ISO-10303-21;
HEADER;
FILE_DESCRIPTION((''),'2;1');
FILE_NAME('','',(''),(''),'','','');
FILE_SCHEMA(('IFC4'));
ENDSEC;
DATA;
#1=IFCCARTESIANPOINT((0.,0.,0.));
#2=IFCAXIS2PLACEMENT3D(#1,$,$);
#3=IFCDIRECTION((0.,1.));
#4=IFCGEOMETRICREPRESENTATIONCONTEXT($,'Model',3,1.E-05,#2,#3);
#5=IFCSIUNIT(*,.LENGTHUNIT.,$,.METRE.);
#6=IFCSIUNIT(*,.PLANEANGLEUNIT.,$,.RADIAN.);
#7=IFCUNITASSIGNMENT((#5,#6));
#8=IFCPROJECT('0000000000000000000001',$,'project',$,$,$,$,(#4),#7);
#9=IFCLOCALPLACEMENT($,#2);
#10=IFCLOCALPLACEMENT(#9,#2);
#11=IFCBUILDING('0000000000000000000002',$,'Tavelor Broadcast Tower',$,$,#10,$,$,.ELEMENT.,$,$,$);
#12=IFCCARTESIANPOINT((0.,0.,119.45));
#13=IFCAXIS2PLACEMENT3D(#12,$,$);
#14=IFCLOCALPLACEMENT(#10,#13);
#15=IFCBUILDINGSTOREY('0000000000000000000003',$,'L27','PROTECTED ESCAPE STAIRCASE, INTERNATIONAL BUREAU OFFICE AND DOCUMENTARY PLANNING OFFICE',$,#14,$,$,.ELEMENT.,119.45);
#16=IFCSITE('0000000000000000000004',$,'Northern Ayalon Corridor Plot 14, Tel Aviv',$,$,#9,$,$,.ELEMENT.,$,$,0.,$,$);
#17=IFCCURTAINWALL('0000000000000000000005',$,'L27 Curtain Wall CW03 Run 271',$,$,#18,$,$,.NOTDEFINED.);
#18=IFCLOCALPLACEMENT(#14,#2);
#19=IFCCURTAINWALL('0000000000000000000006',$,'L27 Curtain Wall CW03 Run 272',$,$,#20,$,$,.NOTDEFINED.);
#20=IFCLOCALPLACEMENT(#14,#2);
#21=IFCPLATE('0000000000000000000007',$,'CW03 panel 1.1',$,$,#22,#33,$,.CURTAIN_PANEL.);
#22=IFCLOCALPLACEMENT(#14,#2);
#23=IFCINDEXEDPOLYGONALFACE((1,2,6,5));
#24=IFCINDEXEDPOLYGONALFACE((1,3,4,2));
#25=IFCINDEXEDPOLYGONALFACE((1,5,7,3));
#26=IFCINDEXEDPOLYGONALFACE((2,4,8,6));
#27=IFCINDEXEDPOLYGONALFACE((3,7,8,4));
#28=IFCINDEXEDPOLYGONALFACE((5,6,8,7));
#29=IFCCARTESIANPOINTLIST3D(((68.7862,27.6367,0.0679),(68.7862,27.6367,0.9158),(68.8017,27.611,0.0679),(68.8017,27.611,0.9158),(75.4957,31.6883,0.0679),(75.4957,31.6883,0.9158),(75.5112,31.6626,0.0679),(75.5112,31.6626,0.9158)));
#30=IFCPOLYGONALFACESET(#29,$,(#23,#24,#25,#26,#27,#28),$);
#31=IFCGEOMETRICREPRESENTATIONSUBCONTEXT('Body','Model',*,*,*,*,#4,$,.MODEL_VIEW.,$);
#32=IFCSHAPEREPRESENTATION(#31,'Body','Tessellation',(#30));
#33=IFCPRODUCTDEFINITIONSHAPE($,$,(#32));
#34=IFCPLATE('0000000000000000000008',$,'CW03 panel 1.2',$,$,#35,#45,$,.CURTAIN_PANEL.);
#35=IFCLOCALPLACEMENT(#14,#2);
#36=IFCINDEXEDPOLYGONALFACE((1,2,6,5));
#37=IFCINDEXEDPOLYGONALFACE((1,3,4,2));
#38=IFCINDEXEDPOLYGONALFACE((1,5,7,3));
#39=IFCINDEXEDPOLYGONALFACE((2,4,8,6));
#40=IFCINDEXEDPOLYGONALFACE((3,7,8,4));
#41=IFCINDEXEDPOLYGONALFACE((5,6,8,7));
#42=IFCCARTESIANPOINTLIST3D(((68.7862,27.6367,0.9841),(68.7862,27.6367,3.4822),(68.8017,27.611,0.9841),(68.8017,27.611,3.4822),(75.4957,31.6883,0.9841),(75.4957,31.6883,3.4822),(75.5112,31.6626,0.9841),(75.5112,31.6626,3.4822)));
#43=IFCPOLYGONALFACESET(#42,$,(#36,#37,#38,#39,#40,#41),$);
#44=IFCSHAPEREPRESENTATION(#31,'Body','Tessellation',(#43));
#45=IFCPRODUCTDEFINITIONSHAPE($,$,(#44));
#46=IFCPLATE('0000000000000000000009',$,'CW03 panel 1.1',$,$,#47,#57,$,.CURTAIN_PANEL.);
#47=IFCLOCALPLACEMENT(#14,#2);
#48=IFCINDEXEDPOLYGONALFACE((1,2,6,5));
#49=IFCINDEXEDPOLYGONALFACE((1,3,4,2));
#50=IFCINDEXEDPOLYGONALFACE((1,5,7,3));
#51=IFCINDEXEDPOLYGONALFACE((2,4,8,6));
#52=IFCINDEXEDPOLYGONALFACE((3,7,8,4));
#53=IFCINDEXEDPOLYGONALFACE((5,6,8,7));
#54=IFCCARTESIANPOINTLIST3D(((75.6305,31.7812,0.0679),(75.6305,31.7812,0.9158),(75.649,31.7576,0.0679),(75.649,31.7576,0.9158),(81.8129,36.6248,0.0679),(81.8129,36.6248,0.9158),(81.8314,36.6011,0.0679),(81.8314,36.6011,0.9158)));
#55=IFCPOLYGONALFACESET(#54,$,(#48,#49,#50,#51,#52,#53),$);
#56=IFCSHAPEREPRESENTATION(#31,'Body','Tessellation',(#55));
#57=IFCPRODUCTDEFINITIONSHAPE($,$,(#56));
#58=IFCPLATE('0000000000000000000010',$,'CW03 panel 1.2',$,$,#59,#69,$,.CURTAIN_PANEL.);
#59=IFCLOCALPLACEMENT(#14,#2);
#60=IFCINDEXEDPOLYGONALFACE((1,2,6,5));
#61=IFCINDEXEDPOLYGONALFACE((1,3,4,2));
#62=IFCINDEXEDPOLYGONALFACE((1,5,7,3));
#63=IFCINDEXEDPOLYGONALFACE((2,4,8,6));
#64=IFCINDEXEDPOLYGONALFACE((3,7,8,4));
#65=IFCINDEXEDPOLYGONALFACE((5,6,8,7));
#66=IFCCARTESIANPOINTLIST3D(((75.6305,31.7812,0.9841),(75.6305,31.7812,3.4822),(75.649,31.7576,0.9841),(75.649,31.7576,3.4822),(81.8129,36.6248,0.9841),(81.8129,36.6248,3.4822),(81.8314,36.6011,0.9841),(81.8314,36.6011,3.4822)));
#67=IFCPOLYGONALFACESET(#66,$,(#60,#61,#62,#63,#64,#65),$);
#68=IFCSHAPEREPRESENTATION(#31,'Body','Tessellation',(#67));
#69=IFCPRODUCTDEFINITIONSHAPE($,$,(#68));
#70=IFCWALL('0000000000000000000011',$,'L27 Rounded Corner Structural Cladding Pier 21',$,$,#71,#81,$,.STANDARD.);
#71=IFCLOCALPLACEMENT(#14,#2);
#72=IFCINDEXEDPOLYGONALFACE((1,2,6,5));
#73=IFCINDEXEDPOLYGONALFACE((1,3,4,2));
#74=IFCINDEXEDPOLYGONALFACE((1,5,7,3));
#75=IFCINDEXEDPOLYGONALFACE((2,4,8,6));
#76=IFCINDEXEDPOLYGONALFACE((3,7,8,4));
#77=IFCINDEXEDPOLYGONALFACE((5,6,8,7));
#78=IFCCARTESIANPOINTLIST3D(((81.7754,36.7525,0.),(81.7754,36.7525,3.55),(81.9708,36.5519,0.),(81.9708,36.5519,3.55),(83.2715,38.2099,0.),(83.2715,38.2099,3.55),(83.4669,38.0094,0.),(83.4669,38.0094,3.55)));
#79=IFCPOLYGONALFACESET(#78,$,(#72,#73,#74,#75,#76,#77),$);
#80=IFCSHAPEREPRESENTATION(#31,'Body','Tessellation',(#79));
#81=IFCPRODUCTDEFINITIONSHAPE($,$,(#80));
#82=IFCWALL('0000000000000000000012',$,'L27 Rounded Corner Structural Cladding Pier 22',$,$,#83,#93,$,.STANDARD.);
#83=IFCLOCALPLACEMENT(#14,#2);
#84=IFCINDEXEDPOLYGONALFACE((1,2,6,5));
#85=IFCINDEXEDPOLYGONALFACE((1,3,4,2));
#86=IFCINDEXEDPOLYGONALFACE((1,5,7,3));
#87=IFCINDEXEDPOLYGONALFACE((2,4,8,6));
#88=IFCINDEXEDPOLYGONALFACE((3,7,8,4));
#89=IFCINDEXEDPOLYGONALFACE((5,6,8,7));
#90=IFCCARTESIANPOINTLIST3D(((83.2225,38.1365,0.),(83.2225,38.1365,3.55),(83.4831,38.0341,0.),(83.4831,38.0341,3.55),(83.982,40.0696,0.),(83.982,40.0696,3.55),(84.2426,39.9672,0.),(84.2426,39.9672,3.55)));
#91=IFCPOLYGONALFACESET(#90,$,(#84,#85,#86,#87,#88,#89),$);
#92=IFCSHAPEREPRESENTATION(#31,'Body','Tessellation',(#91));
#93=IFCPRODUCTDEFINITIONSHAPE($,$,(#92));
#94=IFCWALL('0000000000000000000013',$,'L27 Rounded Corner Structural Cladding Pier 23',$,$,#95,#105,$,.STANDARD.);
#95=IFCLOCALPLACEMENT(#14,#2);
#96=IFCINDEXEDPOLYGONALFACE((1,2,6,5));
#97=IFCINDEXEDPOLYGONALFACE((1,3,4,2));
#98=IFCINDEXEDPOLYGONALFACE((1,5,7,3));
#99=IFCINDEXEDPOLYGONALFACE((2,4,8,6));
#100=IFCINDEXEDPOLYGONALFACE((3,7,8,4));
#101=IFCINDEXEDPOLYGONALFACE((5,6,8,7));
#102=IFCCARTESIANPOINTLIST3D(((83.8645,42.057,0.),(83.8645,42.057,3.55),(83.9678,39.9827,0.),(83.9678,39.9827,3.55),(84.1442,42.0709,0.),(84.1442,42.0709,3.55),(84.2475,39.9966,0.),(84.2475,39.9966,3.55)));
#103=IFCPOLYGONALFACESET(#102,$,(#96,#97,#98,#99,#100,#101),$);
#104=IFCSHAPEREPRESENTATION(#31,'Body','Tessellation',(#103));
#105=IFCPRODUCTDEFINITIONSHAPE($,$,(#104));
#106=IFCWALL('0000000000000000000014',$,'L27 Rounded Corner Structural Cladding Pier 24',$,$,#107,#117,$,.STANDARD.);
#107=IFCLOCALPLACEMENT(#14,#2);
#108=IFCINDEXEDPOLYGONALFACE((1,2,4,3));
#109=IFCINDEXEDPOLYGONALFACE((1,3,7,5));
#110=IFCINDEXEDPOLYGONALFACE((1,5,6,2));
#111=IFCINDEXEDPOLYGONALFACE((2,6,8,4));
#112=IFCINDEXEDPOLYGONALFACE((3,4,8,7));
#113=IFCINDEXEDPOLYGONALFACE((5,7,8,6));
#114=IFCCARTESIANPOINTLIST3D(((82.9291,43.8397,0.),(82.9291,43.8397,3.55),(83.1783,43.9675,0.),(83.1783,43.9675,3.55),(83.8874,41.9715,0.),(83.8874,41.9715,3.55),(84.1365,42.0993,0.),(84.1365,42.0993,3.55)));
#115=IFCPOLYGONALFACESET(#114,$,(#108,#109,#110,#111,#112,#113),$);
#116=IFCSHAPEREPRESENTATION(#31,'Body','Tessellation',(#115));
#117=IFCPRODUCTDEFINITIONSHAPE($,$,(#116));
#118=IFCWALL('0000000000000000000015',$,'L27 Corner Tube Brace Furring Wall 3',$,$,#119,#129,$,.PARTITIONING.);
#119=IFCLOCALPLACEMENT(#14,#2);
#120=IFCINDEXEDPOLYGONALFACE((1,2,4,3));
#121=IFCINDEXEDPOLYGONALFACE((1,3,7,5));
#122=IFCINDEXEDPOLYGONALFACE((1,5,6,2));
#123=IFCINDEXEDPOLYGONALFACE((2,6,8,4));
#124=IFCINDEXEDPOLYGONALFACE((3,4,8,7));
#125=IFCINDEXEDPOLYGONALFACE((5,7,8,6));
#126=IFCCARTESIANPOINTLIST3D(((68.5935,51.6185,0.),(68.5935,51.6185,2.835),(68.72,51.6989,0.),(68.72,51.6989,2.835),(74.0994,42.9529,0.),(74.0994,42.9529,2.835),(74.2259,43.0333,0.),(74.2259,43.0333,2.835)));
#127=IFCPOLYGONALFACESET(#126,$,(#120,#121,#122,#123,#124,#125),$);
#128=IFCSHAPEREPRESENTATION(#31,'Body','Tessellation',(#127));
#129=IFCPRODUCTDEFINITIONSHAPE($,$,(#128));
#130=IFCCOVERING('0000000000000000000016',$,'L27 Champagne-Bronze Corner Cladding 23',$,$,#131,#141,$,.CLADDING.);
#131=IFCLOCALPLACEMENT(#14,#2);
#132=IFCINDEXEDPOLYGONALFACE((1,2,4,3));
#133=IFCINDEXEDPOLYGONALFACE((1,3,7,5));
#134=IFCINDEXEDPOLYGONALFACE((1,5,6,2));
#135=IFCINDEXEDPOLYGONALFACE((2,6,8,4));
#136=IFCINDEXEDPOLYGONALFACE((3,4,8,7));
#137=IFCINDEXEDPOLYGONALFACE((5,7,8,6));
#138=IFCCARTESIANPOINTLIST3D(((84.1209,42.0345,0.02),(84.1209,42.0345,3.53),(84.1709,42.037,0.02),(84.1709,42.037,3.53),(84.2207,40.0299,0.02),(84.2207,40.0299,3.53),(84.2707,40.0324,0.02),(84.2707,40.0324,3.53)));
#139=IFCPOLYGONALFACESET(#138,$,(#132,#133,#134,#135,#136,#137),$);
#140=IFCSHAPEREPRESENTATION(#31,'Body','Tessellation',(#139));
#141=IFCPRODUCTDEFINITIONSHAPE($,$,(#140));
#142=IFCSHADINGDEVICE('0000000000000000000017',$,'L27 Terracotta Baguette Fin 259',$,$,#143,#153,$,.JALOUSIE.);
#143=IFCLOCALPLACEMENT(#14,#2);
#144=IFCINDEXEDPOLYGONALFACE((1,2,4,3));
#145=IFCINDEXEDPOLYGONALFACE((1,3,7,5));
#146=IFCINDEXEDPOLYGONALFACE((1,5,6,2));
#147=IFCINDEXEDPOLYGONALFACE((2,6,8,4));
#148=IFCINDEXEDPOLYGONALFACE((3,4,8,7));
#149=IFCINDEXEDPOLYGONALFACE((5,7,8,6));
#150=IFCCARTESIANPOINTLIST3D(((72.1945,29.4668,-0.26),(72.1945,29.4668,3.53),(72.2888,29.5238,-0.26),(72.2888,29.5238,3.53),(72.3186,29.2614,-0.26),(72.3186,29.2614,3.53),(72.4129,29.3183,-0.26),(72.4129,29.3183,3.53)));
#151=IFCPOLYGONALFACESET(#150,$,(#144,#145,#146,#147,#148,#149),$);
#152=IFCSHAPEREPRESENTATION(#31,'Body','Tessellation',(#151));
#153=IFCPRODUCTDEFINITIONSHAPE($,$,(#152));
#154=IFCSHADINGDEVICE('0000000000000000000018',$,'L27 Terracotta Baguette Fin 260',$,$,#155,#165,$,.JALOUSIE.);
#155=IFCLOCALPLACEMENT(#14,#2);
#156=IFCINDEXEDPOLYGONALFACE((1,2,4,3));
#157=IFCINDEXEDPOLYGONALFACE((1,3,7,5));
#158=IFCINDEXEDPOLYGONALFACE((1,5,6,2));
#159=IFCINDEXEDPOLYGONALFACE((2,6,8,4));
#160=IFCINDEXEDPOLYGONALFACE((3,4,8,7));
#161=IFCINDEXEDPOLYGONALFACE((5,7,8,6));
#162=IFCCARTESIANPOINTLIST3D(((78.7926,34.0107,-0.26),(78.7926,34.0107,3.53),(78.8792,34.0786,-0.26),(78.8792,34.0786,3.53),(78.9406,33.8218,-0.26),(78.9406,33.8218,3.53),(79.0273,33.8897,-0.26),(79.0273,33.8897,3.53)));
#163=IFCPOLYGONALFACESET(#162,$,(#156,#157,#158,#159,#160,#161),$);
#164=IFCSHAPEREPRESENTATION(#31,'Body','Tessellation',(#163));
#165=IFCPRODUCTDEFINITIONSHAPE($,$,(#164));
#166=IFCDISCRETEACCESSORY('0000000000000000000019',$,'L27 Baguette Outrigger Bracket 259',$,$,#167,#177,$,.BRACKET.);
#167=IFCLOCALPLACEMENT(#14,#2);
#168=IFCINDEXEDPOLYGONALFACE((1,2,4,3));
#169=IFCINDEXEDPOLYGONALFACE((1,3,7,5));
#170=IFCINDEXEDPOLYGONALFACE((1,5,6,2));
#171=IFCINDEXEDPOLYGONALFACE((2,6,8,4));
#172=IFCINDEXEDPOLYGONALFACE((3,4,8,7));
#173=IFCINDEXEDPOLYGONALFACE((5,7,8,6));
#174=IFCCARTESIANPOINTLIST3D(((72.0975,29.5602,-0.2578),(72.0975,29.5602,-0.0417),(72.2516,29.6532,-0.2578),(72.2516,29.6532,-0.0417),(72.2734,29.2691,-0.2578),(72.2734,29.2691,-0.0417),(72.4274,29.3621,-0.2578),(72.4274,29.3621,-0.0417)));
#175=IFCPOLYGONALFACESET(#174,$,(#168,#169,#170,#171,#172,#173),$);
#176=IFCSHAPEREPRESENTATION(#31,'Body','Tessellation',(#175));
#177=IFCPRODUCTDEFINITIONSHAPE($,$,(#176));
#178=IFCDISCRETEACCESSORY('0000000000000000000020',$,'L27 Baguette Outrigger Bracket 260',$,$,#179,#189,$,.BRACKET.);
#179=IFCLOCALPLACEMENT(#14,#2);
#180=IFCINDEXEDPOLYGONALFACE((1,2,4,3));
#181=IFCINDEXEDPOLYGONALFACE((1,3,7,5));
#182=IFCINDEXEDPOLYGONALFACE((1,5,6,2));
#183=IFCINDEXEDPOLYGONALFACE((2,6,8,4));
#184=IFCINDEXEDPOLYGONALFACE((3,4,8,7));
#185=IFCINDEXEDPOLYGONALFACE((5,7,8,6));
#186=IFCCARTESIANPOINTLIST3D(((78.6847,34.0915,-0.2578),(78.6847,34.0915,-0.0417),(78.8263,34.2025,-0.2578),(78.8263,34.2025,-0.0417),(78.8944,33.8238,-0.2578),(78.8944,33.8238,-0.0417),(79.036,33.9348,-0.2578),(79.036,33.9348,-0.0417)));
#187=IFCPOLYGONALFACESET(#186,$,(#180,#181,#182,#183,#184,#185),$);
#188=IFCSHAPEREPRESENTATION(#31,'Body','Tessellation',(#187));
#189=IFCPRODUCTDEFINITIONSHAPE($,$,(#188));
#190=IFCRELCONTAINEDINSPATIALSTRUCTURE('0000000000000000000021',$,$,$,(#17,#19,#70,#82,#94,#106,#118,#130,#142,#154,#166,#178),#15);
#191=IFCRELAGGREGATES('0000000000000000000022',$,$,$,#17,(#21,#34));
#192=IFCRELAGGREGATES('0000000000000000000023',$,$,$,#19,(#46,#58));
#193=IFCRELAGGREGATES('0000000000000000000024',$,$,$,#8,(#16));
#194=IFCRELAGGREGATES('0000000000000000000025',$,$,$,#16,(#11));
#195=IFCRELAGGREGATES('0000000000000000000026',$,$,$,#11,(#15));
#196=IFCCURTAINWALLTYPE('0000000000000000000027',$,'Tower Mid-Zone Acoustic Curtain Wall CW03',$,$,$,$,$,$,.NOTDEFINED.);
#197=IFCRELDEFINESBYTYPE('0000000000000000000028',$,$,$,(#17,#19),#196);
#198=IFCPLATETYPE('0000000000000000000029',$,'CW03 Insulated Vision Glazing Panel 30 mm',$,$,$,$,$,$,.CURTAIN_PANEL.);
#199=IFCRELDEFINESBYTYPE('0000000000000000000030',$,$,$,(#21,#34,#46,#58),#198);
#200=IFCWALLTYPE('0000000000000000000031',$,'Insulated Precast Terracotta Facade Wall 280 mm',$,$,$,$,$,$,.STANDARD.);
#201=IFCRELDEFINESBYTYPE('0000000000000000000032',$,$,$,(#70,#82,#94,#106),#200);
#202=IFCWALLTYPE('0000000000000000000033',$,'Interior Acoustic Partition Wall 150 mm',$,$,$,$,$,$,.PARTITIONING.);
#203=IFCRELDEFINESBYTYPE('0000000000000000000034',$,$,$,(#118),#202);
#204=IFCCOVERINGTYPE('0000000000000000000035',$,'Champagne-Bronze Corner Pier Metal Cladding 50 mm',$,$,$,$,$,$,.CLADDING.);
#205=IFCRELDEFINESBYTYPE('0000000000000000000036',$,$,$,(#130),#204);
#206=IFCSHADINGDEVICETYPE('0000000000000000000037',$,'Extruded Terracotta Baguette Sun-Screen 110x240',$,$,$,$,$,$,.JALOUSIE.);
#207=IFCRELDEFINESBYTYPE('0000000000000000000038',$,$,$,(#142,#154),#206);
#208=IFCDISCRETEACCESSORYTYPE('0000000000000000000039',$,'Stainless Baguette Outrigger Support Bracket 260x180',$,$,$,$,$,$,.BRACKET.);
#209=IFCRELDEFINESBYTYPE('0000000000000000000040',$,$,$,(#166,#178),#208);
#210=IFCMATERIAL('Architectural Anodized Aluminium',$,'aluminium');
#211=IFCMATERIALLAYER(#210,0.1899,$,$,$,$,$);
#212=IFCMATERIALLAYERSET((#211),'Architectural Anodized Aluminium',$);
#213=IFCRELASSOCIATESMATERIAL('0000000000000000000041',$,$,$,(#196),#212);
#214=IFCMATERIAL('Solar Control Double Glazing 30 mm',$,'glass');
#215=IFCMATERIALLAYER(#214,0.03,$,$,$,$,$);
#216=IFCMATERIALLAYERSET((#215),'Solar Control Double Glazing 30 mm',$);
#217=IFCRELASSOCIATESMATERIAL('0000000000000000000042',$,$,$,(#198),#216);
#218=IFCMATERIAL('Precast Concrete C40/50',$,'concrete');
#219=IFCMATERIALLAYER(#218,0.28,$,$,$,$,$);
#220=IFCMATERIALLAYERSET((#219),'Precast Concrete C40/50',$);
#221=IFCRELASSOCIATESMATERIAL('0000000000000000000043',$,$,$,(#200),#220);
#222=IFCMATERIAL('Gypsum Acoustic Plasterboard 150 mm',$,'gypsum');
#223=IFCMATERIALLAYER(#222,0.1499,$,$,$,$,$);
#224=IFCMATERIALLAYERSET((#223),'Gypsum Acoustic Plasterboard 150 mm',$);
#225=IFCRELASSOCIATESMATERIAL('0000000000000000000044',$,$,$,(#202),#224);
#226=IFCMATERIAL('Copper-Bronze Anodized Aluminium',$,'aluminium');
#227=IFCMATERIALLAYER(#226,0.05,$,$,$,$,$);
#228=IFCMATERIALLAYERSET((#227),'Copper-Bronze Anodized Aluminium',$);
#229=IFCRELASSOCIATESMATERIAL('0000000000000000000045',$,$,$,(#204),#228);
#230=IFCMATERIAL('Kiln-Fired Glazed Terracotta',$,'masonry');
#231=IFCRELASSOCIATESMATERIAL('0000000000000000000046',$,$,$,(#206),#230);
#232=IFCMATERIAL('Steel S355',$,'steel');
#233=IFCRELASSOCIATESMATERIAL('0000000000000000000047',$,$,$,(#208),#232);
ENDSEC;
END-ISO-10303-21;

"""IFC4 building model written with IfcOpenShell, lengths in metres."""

from ifc_helpers import new_model, si_unit, direction, frame, frame_2d, origin, origin_2d, place, context, subcontext, project, spatial, rectangle, extrude, source, transform, mapped, material, layer, layer_set, type_object, type_shapes, element, aggregate, save


model = new_model("IFC4")

# Units and contexts
model_context = context("Model", 3, precision=1e-05, world=origin(), true_north=direction((0.0, 1.0)))
body_context = subcontext(model_context, "Body", "Model", "MODEL_VIEW")
ifc_project = project(units=[si_unit("LENGTHUNIT", "METRE"), si_unit("PLANEANGLEUNIT", "RADIAN")], contexts=[model_context])

# Site, building, storey
site_placement = place(None, origin())
site = spatial("IfcSite", under=ifc_project, at=site_placement, Name="Northern Ayalon Corridor Plot 14, Tel Aviv", CompositionType="ELEMENT", RefElevation=0.0)
building_placement = place(site_placement, origin())
building = spatial("IfcBuilding", under=site, at=building_placement, Name="Tavelor Broadcast Tower", CompositionType="ELEMENT")
storey_placement = place(building_placement, frame((0.0, 0.0, 119.45)))
storey = spatial("IfcBuildingStorey", under=building, at=storey_placement, Name="L27", Description="PROTECTED ESCAPE STAIRCASE, INTERNATIONAL BUREAU OFFICE AND DOCUMENTARY PLANNING OFFICE", CompositionType="ELEMENT", Elevation=119.45)

# Shared definitions
ifc_material_1 = material(Name="Steel S355", Category="steel")

# Curtain wall
ifc_material_2 = material(Name="Architectural Anodized Aluminium", Category="aluminium")
ifc_layer_1 = layer(ifc_material_2, 0.1899)
ifc_layer_set_1 = layer_set([ifc_layer_1], Name="Architectural Anodized Aluminium")
curtain_wall_type = type_object("IfcCurtainWallType", Name="Tower Mid-Zone Acoustic Curtain Wall CW03", PredefinedType="NOTDEFINED", material=ifc_layer_set_1)
curtain_wall_1_placement = place(storey_placement, origin())
curtain_wall_1 = element("IfcCurtainWall", 1, at=curtain_wall_1_placement, inside=storey, type_object=curtain_wall_type, Name="L27 Curtain Wall CW03 Run 271", PredefinedType="NOTDEFINED")

# Curtain wall
curtain_wall_2_placement = place(storey_placement, origin())
curtain_wall_2 = element("IfcCurtainWall", 2, at=curtain_wall_2_placement, inside=storey, type_object=curtain_wall_type, Name="L27 Curtain Wall CW03 Run 272", PredefinedType="NOTDEFINED")

# Plates
ifc_material_3 = material(Name="Solar Control Double Glazing 30 mm", Category="glass")
ifc_layer_2 = layer(ifc_material_3, 0.03)
ifc_layer_set_2 = layer_set([ifc_layer_2], Name="Solar Control Double Glazing 30 mm")
plate_type_1 = type_object("IfcPlateType", Name="CW03 Insulated Vision Glazing Panel 30 mm", PredefinedType="CURTAIN_PANEL", material=ifc_layer_set_2)
shared_shape_1 = source(origin(), body_context, "Body", "SweptSolid", [
    extrude(rectangle(XDim=7.8379, YDim=0.03, at=origin_2d()), origin(), (0.0, 0.0, 1.0), 0.8479),
])
plate_1_placement = place(storey_placement, frame((72.1487, 29.6497, 0.0679), z_axis=(0.0, 0.0, 1.0), x_axis=(0.856034, 0.516919, 0.0)))
plate_1 = element("IfcPlate", 3, at=plate_1_placement, type_object=plate_type_1, Name="CW03 panel 1.1", PredefinedType="CURTAIN_PANEL", context=body_context, shape_type="MappedRepresentation", body=[
    mapped(shared_shape_1, transform((0.0, 0.0, 0.0), scale=1.0)),
])
shared_shape_2 = source(origin(), body_context, "Body", "SweptSolid", [
    extrude(rectangle(XDim=7.8379, YDim=0.03, at=origin_2d()), origin(), (0.0, 0.0, 1.0), 2.498),
])
plate_2_placement = place(storey_placement, frame((72.1487, 29.6497, 0.9841), z_axis=(0.0, 0.0, 1.0), x_axis=(0.856034, 0.516919, 0.0)))
plate_2 = element("IfcPlate", 4, at=plate_2_placement, type_object=plate_type_1, Name="CW03 panel 1.2", PredefinedType="CURTAIN_PANEL", context=body_context, shape_type="MappedRepresentation", body=[
    mapped(shared_shape_2, transform((0.0, 0.0, 0.0), scale=1.0)),
])
aggregate(curtain_wall_1, [plate_1, plate_2])
shared_shape_3 = source(origin(), body_context, "Body", "SweptSolid", [
    extrude(rectangle(XDim=7.8538, YDim=0.03, at=origin_2d()), origin(), (0.0, 0.0, 1.0), 0.8479),
])
plate_3_placement = place(storey_placement, frame((78.731, 34.1912, 0.0679), z_axis=(0.0, 0.0, 1.0), x_axis=(0.787184, 0.616718, 0.0)))
plate_3 = element("IfcPlate", 5, at=plate_3_placement, type_object=plate_type_1, Name="CW03 panel 1.1", PredefinedType="CURTAIN_PANEL", context=body_context, shape_type="MappedRepresentation", body=[
    mapped(shared_shape_3, transform((0.0, 0.0, 0.0), scale=1.0)),
])
shared_shape_4 = source(origin(), body_context, "Body", "SweptSolid", [
    extrude(rectangle(XDim=7.8538, YDim=0.03, at=origin_2d()), origin(), (0.0, 0.0, 1.0), 2.498),
])
type_shapes(plate_type_1, [shared_shape_1, shared_shape_2, shared_shape_3, shared_shape_4])
plate_4_placement = place(storey_placement, frame((78.731, 34.1912, 0.9841), z_axis=(0.0, 0.0, 1.0), x_axis=(0.787184, 0.616718, 0.0)))
plate_4 = element("IfcPlate", 6, at=plate_4_placement, type_object=plate_type_1, Name="CW03 panel 1.2", PredefinedType="CURTAIN_PANEL", context=body_context, shape_type="MappedRepresentation", body=[
    mapped(shared_shape_4, transform((0.0, 0.0, 0.0), scale=1.0)),
])
aggregate(curtain_wall_2, [plate_3, plate_4])

# Walls
ifc_material_4 = material(Name="Precast Concrete C40/50", Category="concrete")
ifc_layer_3 = layer(ifc_material_4, 0.28)
ifc_layer_set_3 = layer_set([ifc_layer_3], Name="Precast Concrete C40/50")
wall_type_1 = type_object("IfcWallType", Name="Insulated Precast Terracotta Facade Wall 280 mm", PredefinedType="STANDARD", material=ifc_layer_set_3)
wall_1_placement = place(storey_placement, frame((81.873, 36.6521, 0.0), z_axis=(0.0, 0.0, 1.0), x_axis=(0.716281, 0.697812, 0.0)))
element("IfcWall", 7, at=wall_1_placement, inside=storey, type_object=wall_type_1, Name="L27 Rounded Corner Structural Cladding Pier 21", PredefinedType="STANDARD", context=body_context, shape_type="SweptSolid", body=[
    extrude(rectangle(XDim=2.0886, YDim=0.28, at=frame_2d((1.0444, 0.0))), origin(), (0.0, 0.0, 1.0), 3.55),
])
for number, where, z_axis, x_axis, name in (
    (8, (83.3528, 38.0852, 0.0), (0.0, 0.0, 1.0), (0.365689, 0.930737, 0.0), "L27 Rounded Corner Structural Cladding Pier 22"),
    (9, (84.1077, 39.9895, 0.0), (0.0, 0.0, 1.0), (-0.049727, 0.998763, 0.0), "L27 Rounded Corner Structural Cladding Pier 23"),
):
    element("IfcWall", number, at=place(storey_placement, frame(where, z_axis=z_axis, x_axis=x_axis)), inside=storey, type_object=wall_type_1, Name=name, PredefinedType="STANDARD", context=body_context, shape_type="SweptSolid", body=[
        extrude(rectangle(XDim=2.0769, YDim=0.28, at=frame_2d((1.0386, 0.0))), origin(), (0.0, 0.0, 1.0), 3.55),
    ])
wall_2_placement = place(storey_placement, frame((84.012, 42.0354, 0.0), z_axis=(0.0, 0.0, 1.0), x_axis=(-0.456399, 0.889775, 0.0)))
element("IfcWall", 10, at=wall_2_placement, inside=storey, type_object=wall_type_1, Name="L27 Rounded Corner Structural Cladding Pier 24", PredefinedType="STANDARD", context=body_context, shape_type="SweptSolid", body=[
    extrude(rectangle(XDim=2.0996, YDim=0.28, at=frame_2d((1.0498, 0.0))), origin(), (0.0, 0.0, 1.0), 3.55),
])
ifc_material_5 = material(Name="Gypsum Acoustic Plasterboard 150 mm", Category="gypsum")
ifc_layer_4 = layer(ifc_material_5, 0.1499)
ifc_layer_set_4 = layer_set([ifc_layer_4], Name="Gypsum Acoustic Plasterboard 150 mm")
wall_type_2 = type_object("IfcWallType", Name="Interior Acoustic Partition Wall 150 mm", PredefinedType="PARTITIONING", material=ifc_layer_set_4)
wall_3_placement = place(storey_placement, frame((74.1626, 42.9932, 0.0), z_axis=(0.0, 0.0, 1.0), x_axis=(-0.536281, 0.844039, 0.0)))
element("IfcWall", 11, at=wall_3_placement, inside=storey, type_object=wall_type_2, Name="L27 Corner Tube Brace Furring Wall 3", PredefinedType="PARTITIONING", context=body_context, shape_type="SweptSolid", body=[
    extrude(rectangle(XDim=10.2668, YDim=0.1499, at=frame_2d((5.1333, 0.0))), origin(), (0.0, 0.0, 1.0), 2.835),
])

# Covering
ifc_material_6 = material(Name="Copper-Bronze Anodized Aluminium", Category="aluminium")
ifc_layer_5 = layer(ifc_material_6, 0.05)
ifc_layer_set_5 = layer_set([ifc_layer_5], Name="Copper-Bronze Anodized Aluminium")
covering_type = type_object("IfcCoveringType", Name="Champagne-Bronze Corner Pier Metal Cladding 50 mm", PredefinedType="CLADDING", material=ifc_layer_set_5)
covering_placement = place(storey_placement, frame((84.1958, 41.0334, 0.02), z_axis=(0.0, 0.0, 1.0), x_axis=(-0.049721, 0.998763, 0.0)))
element("IfcCovering", 12, at=covering_placement, inside=storey, type_object=covering_type, Name="L27 Champagne-Bronze Corner Cladding 23", PredefinedType="CLADDING", context=body_context, shape_type="SweptSolid", body=[
    extrude(rectangle(XDim=2.0071, YDim=0.05, at=origin_2d()), origin(), (0.0, 0.0, 1.0), 3.51),
])

# Shading devices
ifc_material_7 = material(Name="Kiln-Fired Glazed Terracotta", Category="masonry")
shading_device_type = type_object("IfcShadingDeviceType", Name="Extruded Terracotta Baguette Sun-Screen 110x240", PredefinedType="JALOUSIE", material=ifc_material_7)
shared_shape_5 = source(origin(), body_context, "Body", "SweptSolid", [
    extrude(rectangle(XDim=0.1101, YDim=0.24, at=origin_2d()), origin(), (0.0, 0.0, 1.0), 3.79),
])
type_shapes(shading_device_type, [shared_shape_5])
for number, where, z_axis, x_axis, name in (
    (13, (72.3037, 29.3926, -0.26), (0.0, 0.0, 1.0), (0.855997, 0.516982, 0.0), "L27 Terracotta Baguette Fin 259"),
    (14, (78.9099, 33.9502, -0.26), (0.0, 0.0, 1.0), (0.78715, 0.616761, 0.0), "L27 Terracotta Baguette Fin 260"),
):
    element("IfcShadingDevice", number, at=place(storey_placement, frame(where, z_axis=z_axis, x_axis=x_axis)), inside=storey, type_object=shading_device_type, Name=name, PredefinedType="JALOUSIE", context=body_context, shape_type="MappedRepresentation", body=[
        mapped(shared_shape_5, transform((0.0, 0.0, 0.0), scale=1.0)),
    ])

# Discrete accessories
discrete_accessory_type = type_object("IfcDiscreteAccessoryType", Name="Stainless Baguette Outrigger Support Bracket 260x180", PredefinedType="BRACKET", material=ifc_material_1)
shared_shape_6 = source(origin(), body_context, "Body", "SweptSolid", [
    extrude(rectangle(XDim=0.1799, YDim=0.3401, at=origin_2d()), origin(), (0.0, 0.0, 1.0), 0.2161),
])
type_shapes(discrete_accessory_type, [shared_shape_6])
for number, where, z_axis, x_axis, name in (
    (15, (72.2625, 29.4612, -0.2578), (0.0, 0.0, 1.0), (0.855997, 0.516982, 0.0), "L27 Baguette Outrigger Bracket 259"),
    (16, (78.8604, 34.0132, -0.2578), (0.0, 0.0, 1.0), (0.78715, 0.616761, 0.0), "L27 Baguette Outrigger Bracket 260"),
):
    element("IfcDiscreteAccessory", number, at=place(storey_placement, frame(where, z_axis=z_axis, x_axis=x_axis)), inside=storey, type_object=discrete_accessory_type, Name=name, PredefinedType="BRACKET", context=body_context, shape_type="MappedRepresentation", body=[
        mapped(shared_shape_6, transform((0.0, 0.0, 0.0), scale=1.0)),
    ])

save(model, "model.ifc")
